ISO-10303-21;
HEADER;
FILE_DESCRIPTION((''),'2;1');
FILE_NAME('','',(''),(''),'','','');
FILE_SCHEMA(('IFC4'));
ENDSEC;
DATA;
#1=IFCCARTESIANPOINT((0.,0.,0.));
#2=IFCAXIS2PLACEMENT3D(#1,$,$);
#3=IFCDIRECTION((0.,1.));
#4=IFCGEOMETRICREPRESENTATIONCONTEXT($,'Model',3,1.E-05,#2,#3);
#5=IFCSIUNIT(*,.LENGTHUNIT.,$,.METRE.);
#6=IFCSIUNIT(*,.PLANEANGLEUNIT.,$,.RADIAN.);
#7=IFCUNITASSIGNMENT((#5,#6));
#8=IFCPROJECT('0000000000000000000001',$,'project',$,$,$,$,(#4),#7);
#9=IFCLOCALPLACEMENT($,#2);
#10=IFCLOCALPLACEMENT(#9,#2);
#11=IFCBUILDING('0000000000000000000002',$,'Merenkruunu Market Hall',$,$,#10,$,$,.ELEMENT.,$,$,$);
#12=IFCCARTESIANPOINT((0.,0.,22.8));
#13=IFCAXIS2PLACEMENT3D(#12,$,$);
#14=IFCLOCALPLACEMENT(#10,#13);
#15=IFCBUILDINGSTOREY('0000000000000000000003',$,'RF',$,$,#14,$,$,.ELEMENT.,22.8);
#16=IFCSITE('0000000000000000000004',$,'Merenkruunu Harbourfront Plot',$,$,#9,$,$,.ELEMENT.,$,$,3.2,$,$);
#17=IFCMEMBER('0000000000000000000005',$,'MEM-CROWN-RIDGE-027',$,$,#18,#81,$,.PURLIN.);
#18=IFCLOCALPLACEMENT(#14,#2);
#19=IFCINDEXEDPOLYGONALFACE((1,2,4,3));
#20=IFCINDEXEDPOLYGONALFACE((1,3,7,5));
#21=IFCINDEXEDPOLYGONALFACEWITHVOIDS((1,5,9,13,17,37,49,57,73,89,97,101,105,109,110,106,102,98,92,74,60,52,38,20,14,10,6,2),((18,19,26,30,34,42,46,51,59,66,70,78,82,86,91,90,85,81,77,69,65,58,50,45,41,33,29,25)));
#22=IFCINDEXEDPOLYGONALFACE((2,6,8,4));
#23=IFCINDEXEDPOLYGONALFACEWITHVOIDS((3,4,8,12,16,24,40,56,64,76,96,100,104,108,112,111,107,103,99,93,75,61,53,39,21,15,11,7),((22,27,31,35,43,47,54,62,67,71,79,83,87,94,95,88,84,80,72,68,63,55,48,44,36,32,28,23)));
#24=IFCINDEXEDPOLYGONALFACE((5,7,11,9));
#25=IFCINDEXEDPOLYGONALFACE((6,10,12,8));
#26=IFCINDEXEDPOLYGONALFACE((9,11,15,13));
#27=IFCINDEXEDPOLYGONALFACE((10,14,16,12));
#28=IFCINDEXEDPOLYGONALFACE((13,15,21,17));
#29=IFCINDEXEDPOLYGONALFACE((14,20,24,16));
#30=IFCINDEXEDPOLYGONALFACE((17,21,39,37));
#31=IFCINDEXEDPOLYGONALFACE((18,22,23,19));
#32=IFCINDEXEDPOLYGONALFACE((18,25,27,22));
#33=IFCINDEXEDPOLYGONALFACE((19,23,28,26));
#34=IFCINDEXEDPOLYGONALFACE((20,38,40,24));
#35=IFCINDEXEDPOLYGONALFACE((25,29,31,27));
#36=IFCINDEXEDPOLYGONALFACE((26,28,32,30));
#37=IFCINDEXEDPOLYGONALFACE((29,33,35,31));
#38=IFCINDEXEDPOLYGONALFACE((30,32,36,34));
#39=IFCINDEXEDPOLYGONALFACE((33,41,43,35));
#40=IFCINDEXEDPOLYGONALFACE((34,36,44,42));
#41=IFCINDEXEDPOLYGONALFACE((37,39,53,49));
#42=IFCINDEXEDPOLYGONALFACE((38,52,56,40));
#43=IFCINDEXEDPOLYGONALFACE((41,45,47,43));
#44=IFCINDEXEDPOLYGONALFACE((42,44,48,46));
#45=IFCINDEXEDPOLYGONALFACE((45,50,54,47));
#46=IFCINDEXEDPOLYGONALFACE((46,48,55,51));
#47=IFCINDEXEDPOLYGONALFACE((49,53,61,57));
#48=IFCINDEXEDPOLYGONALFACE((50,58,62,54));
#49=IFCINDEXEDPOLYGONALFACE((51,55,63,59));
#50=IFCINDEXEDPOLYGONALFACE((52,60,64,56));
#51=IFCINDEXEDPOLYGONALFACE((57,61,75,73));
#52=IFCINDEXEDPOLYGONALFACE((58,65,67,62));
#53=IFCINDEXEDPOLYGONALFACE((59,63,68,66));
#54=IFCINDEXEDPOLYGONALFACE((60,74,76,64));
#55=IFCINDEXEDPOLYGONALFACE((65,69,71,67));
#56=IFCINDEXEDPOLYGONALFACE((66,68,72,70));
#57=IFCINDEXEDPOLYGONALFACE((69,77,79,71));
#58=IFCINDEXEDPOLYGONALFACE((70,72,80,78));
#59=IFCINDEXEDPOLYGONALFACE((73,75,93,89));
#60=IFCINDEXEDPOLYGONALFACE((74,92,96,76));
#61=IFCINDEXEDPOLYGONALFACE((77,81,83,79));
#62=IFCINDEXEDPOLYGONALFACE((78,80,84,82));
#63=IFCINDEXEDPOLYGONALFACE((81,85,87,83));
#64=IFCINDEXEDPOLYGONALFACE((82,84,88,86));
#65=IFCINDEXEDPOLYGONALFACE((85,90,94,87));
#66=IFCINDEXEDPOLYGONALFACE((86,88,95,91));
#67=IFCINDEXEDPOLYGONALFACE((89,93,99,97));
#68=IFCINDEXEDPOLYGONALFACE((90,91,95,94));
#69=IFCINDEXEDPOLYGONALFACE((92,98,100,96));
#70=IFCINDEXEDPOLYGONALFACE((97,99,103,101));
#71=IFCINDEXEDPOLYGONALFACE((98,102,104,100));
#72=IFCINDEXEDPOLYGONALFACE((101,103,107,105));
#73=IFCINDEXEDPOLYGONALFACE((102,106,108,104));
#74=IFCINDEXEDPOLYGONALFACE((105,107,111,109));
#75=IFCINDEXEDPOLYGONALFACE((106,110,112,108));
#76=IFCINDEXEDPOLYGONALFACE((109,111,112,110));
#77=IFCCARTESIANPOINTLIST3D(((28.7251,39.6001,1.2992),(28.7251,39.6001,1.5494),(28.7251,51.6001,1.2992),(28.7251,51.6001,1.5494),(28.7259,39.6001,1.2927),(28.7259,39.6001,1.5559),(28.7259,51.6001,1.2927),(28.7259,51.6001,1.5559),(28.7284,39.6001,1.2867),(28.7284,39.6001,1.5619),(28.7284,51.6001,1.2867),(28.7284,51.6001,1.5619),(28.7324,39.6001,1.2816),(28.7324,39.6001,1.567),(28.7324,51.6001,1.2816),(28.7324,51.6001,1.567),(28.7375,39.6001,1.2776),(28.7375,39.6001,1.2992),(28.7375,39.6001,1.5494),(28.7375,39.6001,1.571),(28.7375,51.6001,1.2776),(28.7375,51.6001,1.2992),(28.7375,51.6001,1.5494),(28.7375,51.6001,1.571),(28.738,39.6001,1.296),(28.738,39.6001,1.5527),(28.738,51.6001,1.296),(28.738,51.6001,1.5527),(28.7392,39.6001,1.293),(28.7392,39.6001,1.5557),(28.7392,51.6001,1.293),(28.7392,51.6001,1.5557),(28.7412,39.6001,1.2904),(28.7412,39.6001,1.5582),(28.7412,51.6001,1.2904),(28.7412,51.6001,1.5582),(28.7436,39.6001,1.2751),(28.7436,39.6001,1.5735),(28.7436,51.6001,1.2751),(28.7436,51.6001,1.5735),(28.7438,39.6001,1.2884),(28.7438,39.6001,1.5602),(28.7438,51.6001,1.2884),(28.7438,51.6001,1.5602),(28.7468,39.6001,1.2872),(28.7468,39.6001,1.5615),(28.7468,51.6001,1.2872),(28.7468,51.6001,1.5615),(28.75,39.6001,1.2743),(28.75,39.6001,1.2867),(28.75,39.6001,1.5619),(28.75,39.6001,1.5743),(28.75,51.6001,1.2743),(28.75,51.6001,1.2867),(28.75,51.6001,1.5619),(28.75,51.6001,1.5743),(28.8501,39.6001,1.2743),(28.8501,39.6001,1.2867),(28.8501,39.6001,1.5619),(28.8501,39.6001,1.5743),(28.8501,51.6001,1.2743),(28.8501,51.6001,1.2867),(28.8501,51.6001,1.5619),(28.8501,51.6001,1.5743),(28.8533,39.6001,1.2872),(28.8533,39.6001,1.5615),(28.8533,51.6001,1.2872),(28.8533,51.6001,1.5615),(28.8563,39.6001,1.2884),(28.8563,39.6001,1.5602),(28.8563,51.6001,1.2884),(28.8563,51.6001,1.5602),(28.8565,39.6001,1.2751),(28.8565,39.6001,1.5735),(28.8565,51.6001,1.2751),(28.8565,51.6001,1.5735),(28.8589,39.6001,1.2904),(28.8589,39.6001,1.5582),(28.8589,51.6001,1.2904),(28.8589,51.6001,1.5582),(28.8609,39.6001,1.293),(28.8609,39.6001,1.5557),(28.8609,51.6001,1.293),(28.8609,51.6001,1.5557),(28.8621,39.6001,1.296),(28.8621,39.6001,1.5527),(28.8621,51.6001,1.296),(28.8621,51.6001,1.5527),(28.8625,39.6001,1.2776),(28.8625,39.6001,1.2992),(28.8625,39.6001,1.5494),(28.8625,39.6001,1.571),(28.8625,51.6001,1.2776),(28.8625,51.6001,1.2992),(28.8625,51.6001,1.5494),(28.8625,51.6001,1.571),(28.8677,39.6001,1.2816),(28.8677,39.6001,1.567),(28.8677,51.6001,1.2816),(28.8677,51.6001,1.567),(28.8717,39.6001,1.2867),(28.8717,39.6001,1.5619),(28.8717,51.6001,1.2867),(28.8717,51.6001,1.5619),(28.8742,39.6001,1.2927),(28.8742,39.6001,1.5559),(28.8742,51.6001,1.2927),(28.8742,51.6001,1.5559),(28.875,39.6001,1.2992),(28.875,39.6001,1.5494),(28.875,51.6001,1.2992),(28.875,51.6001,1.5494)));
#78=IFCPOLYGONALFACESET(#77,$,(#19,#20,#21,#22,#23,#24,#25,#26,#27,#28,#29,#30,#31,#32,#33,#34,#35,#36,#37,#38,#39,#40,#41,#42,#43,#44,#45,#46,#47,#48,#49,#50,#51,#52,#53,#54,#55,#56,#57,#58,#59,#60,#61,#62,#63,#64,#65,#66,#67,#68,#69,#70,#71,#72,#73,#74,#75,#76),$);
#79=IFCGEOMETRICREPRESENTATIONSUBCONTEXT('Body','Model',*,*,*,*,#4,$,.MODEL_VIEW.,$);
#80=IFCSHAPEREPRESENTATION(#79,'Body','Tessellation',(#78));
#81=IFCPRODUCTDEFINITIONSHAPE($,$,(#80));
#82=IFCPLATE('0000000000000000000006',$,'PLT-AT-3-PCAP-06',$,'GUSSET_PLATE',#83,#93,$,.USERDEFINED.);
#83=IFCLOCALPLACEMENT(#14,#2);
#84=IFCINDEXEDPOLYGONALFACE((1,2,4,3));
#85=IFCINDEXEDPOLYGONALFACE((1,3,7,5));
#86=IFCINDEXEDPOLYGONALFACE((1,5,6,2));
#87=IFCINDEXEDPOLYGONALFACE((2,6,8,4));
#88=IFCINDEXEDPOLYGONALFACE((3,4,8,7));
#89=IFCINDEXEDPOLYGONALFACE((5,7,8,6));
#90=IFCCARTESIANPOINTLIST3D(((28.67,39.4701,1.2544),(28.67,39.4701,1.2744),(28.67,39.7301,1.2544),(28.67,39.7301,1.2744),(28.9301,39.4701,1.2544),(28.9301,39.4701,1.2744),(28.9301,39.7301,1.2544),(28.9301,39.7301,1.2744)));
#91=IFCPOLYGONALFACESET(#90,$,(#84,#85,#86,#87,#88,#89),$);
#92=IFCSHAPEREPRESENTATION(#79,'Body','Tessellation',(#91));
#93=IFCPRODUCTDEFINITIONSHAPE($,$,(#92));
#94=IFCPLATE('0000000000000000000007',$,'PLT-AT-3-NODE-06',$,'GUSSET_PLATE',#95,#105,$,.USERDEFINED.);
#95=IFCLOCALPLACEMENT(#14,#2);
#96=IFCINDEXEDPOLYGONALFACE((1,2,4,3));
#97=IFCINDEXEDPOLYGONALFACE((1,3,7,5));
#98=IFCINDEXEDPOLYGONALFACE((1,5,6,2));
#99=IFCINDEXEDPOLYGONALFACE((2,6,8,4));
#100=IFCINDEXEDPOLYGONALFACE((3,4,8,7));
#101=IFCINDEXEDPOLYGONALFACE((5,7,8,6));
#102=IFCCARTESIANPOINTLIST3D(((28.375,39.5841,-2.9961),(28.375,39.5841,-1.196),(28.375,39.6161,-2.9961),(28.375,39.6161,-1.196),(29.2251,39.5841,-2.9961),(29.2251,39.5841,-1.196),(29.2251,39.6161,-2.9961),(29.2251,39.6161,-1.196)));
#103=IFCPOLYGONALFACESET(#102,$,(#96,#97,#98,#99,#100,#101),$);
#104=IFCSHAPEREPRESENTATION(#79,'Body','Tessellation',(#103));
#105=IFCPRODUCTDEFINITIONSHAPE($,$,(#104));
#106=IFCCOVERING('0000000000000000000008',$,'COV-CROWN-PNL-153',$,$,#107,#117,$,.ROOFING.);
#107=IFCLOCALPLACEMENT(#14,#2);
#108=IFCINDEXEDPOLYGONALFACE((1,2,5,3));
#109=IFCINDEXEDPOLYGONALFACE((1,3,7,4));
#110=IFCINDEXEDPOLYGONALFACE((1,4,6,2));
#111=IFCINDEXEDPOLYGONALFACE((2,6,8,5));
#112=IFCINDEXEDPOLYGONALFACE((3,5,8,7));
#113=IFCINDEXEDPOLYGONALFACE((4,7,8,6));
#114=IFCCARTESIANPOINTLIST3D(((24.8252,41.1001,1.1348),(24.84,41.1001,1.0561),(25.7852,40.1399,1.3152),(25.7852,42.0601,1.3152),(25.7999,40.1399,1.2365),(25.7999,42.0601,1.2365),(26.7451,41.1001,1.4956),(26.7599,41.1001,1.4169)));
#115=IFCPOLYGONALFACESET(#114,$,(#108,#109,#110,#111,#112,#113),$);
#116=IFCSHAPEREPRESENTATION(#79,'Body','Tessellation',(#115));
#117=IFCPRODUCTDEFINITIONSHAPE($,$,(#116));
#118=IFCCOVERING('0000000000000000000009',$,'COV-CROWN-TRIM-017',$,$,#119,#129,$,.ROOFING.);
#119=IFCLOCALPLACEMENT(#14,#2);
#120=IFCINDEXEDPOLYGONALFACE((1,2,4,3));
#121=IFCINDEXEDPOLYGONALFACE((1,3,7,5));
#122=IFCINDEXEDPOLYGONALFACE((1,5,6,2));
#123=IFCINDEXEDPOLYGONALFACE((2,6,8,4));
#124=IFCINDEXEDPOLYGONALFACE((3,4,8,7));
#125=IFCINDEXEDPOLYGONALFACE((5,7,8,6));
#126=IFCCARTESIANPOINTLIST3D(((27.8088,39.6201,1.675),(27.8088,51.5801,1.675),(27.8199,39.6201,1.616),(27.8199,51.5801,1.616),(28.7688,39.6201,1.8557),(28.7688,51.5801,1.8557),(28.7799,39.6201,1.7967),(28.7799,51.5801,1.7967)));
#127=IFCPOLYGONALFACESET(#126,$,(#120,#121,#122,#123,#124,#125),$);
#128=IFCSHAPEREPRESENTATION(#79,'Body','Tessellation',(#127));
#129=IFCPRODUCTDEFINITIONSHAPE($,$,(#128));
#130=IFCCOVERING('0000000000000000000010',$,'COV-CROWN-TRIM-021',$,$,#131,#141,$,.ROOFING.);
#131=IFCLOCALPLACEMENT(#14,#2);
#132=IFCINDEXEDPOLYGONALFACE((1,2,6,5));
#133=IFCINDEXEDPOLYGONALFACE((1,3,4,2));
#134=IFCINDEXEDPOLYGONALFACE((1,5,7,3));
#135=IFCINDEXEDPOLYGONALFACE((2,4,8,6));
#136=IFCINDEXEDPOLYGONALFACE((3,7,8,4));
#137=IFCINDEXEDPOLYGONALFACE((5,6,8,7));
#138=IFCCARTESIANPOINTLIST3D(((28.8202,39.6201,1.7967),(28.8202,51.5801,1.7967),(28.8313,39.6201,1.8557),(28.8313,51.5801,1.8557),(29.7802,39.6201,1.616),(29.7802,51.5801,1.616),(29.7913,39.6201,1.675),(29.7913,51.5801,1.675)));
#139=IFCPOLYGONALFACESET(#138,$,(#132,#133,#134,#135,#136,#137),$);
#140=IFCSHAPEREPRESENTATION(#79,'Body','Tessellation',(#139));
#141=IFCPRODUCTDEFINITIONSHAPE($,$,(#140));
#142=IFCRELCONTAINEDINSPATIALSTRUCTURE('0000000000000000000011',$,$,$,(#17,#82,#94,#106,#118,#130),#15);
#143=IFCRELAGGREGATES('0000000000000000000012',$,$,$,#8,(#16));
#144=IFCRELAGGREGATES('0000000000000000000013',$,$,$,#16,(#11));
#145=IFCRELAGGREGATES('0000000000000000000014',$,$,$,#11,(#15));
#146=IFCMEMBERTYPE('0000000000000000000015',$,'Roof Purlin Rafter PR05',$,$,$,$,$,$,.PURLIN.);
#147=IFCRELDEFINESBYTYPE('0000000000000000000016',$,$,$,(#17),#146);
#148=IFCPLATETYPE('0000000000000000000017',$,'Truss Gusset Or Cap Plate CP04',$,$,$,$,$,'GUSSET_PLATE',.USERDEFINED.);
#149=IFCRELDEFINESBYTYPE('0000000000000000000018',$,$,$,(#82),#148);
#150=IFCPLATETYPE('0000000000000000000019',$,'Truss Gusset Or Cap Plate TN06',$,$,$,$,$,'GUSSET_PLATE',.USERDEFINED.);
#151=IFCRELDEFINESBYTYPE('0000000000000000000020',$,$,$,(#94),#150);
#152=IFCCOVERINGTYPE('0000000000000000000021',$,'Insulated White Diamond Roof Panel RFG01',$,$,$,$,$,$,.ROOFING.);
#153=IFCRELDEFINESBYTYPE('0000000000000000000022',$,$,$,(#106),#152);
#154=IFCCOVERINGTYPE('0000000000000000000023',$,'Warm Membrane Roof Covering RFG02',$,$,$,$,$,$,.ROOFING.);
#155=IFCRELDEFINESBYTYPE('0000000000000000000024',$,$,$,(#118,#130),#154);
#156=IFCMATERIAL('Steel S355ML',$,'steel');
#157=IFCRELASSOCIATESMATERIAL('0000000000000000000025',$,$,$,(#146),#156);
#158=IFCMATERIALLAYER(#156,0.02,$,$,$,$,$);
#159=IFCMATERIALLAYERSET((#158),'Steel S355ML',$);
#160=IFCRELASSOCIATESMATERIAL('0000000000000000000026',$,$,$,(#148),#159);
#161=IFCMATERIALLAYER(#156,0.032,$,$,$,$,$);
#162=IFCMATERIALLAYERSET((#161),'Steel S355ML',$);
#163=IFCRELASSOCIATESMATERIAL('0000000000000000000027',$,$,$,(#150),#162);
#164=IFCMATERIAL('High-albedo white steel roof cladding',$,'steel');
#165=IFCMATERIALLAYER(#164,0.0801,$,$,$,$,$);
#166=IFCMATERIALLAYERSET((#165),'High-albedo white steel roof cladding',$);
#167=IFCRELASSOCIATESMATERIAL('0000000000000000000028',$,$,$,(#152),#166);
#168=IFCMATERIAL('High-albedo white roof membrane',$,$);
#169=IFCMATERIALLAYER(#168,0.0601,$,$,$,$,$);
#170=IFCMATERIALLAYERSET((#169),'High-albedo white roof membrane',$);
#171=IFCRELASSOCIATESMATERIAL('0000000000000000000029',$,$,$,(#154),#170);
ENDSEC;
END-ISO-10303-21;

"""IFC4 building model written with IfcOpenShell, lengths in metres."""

from ifc_helpers import new_model, si_unit, direction, frame, origin, origin_2d, place, context, subcontext, project, spatial, polyline, rectangle, hollow_rectangle, outline, extrude, material, layer, layer_set, material_profile, profile_set, type_object, element, save


model = new_model("IFC4")

# Units and contexts
model_context = context("Model", 3, precision=1e-05, world=origin(), true_north=direction((0.0, 1.0)))
body_context = subcontext(model_context, "Body", "Model", "MODEL_VIEW")
ifc_project = project(units=[si_unit("LENGTHUNIT", "METRE"), si_unit("PLANEANGLEUNIT", "RADIAN")], contexts=[model_context])

# Site, building, storey
site_placement = place(None, origin())
site = spatial("IfcSite", under=ifc_project, at=site_placement, Name="Merenkruunu Harbourfront Plot", CompositionType="ELEMENT", RefElevation=3.2)
building_placement = place(site_placement, origin())
building = spatial("IfcBuilding", under=site, at=building_placement, Name="Merenkruunu Market Hall", CompositionType="ELEMENT")
storey_placement = place(building_placement, frame((0.0, 0.0, 22.8)))
storey = spatial("IfcBuildingStorey", under=building, at=storey_placement, Name="RF", CompositionType="ELEMENT", Elevation=22.8)

# Member
ifc_material_1 = material(Name="Steel S355ML", Category="steel")
ifc_material_profile_1 = material_profile(ifc_material_1, hollow_rectangle(XDim=0.1499, YDim=0.3, WallThickness=0.0125, InnerFilletRadius=0.0125, OuterFilletRadius=0.0249, at=origin_2d()), Name="RHS 300x150x12.5")
ifc_profile_set_1 = profile_set([ifc_material_profile_1], Name="Steel S355ML")
member_type_1 = type_object("IfcMemberType", Name="Roof Purlin Rafter PR05", PredefinedType="PURLIN", material=ifc_profile_set_1)
member_1_placement = place(storey_placement, frame((28.8, 39.6001, 1.4243), z_axis=(0.0, 1.0, 0.0), x_axis=(-1.0, 0.0, 0.0)))
element("IfcMember", 1, at=member_1_placement, inside=storey, type_object=member_type_1, Name="MEM-CROWN-RIDGE-027", PredefinedType="PURLIN", context=body_context, shape_type="SweptSolid", body=[
    extrude(hollow_rectangle(XDim=0.1499, YDim=0.3, WallThickness=0.0125, InnerFilletRadius=0.0125, OuterFilletRadius=0.0249, at=origin_2d()), origin(), (0.0, 0.0, 1.0), 12.0),
])

# Plates
ifc_layer_1 = layer(ifc_material_1, 0.02)
ifc_layer_set_1 = layer_set([ifc_layer_1], Name="Steel S355ML")
plate_type_1 = type_object("IfcPlateType", Name="Truss Gusset Or Cap Plate CP04", ElementType="GUSSET_PLATE", PredefinedType="USERDEFINED", material=ifc_layer_set_1)
plate_1_placement = place(storey_placement, frame((28.8, 39.6001, 1.2544), z_axis=(0.0, 0.0, 1.0), x_axis=(1.0, 0.0, 0.0)))
element("IfcPlate", 2, at=plate_1_placement, inside=storey, type_object=plate_type_1, Name="PLT-AT-3-PCAP-06", ObjectType="GUSSET_PLATE", PredefinedType="USERDEFINED", context=body_context, shape_type="SweptSolid", body=[
    extrude(rectangle(XDim=0.26, YDim=0.26, at=origin_2d()), origin(), (0.0, 0.0, 1.0), 0.02),
])
ifc_layer_2 = layer(ifc_material_1, 0.032)
ifc_layer_set_2 = layer_set([ifc_layer_2], Name="Steel S355ML")
plate_type_2 = type_object("IfcPlateType", Name="Truss Gusset Or Cap Plate TN06", ElementType="GUSSET_PLATE", PredefinedType="USERDEFINED", material=ifc_layer_set_2)
plate_2_placement = place(storey_placement, frame((28.8, 39.6001, -2.9961), z_axis=(0.0, 0.0, 1.0), x_axis=(1.0, 0.0, 0.0)))
element("IfcPlate", 3, at=plate_2_placement, inside=storey, type_object=plate_type_2, Name="PLT-AT-3-NODE-06", ObjectType="GUSSET_PLATE", PredefinedType="USERDEFINED", context=body_context, shape_type="SweptSolid", body=[
    extrude(rectangle(XDim=0.8501, YDim=0.032, at=origin_2d()), origin(), (0.0, 0.0, 1.0), 1.8),
])

# Coverings
ifc_material_2 = material(Name="High-albedo white steel roof cladding", Category="steel")
ifc_layer_3 = layer(ifc_material_2, 0.0801)
ifc_layer_set_3 = layer_set([ifc_layer_3], Name="High-albedo white steel roof cladding")
covering_type_1 = type_object("IfcCoveringType", Name="Insulated White Diamond Roof Panel RFG01", PredefinedType="ROOFING", material=ifc_layer_set_3)
covering_placement = place(storey_placement, frame((24.8252, 41.1001, 1.1348), z_axis=(-0.184711, 0.0, 0.982793), x_axis=(0.700856, -0.701035, 0.131722)))
element("IfcCovering", 4, at=covering_placement, inside=storey, type_object=covering_type_1, Name="COV-CROWN-PNL-153", PredefinedType="ROOFING", context=body_context, shape_type="SweptSolid", body=[
    extrude(outline(polyline([(0.0, 0.0), (1.3697, 0.0), (1.3931, 1.3695), (0.0236, 1.3693), (0.0, 0.0)])), origin(), (0.0, 0.0, -1.0), 0.0801),
])
ifc_material_3 = material(Name="High-albedo white roof membrane")
ifc_layer_4 = layer(ifc_material_3, 0.0601)
ifc_layer_set_4 = layer_set([ifc_layer_4], Name="High-albedo white roof membrane")
covering_type_2 = type_object("IfcCoveringType", Name="Warm Membrane Roof Covering RFG02", PredefinedType="ROOFING", material=ifc_layer_set_4)
for number, where, z_axis, x_axis, name in (
    (5, (27.8088, 39.6201, 1.675), (-0.184952, 0.0, 0.982747), (0.982747, 0.0, 0.184952), "COV-CROWN-TRIM-017"),
    (6, (28.8313, 39.6201, 1.8557), (0.184952, 0.0, 0.982747), (0.982747, 0.0, -0.184952), "COV-CROWN-TRIM-021"),
):
    element("IfcCovering", number, at=place(storey_placement, frame(where, z_axis=z_axis, x_axis=x_axis)), inside=storey, type_object=covering_type_2, Name=name, PredefinedType="ROOFING", context=body_context, shape_type="SweptSolid", body=[
        extrude(outline(polyline([(0.0, 0.0), (0.9768, 0.0), (0.9768, 11.96), (0.0, 11.96), (0.0, 0.0)])), origin(), (0.0, 0.0, -1.0), 0.0601),
    ])

save(model, "model.ifc")
